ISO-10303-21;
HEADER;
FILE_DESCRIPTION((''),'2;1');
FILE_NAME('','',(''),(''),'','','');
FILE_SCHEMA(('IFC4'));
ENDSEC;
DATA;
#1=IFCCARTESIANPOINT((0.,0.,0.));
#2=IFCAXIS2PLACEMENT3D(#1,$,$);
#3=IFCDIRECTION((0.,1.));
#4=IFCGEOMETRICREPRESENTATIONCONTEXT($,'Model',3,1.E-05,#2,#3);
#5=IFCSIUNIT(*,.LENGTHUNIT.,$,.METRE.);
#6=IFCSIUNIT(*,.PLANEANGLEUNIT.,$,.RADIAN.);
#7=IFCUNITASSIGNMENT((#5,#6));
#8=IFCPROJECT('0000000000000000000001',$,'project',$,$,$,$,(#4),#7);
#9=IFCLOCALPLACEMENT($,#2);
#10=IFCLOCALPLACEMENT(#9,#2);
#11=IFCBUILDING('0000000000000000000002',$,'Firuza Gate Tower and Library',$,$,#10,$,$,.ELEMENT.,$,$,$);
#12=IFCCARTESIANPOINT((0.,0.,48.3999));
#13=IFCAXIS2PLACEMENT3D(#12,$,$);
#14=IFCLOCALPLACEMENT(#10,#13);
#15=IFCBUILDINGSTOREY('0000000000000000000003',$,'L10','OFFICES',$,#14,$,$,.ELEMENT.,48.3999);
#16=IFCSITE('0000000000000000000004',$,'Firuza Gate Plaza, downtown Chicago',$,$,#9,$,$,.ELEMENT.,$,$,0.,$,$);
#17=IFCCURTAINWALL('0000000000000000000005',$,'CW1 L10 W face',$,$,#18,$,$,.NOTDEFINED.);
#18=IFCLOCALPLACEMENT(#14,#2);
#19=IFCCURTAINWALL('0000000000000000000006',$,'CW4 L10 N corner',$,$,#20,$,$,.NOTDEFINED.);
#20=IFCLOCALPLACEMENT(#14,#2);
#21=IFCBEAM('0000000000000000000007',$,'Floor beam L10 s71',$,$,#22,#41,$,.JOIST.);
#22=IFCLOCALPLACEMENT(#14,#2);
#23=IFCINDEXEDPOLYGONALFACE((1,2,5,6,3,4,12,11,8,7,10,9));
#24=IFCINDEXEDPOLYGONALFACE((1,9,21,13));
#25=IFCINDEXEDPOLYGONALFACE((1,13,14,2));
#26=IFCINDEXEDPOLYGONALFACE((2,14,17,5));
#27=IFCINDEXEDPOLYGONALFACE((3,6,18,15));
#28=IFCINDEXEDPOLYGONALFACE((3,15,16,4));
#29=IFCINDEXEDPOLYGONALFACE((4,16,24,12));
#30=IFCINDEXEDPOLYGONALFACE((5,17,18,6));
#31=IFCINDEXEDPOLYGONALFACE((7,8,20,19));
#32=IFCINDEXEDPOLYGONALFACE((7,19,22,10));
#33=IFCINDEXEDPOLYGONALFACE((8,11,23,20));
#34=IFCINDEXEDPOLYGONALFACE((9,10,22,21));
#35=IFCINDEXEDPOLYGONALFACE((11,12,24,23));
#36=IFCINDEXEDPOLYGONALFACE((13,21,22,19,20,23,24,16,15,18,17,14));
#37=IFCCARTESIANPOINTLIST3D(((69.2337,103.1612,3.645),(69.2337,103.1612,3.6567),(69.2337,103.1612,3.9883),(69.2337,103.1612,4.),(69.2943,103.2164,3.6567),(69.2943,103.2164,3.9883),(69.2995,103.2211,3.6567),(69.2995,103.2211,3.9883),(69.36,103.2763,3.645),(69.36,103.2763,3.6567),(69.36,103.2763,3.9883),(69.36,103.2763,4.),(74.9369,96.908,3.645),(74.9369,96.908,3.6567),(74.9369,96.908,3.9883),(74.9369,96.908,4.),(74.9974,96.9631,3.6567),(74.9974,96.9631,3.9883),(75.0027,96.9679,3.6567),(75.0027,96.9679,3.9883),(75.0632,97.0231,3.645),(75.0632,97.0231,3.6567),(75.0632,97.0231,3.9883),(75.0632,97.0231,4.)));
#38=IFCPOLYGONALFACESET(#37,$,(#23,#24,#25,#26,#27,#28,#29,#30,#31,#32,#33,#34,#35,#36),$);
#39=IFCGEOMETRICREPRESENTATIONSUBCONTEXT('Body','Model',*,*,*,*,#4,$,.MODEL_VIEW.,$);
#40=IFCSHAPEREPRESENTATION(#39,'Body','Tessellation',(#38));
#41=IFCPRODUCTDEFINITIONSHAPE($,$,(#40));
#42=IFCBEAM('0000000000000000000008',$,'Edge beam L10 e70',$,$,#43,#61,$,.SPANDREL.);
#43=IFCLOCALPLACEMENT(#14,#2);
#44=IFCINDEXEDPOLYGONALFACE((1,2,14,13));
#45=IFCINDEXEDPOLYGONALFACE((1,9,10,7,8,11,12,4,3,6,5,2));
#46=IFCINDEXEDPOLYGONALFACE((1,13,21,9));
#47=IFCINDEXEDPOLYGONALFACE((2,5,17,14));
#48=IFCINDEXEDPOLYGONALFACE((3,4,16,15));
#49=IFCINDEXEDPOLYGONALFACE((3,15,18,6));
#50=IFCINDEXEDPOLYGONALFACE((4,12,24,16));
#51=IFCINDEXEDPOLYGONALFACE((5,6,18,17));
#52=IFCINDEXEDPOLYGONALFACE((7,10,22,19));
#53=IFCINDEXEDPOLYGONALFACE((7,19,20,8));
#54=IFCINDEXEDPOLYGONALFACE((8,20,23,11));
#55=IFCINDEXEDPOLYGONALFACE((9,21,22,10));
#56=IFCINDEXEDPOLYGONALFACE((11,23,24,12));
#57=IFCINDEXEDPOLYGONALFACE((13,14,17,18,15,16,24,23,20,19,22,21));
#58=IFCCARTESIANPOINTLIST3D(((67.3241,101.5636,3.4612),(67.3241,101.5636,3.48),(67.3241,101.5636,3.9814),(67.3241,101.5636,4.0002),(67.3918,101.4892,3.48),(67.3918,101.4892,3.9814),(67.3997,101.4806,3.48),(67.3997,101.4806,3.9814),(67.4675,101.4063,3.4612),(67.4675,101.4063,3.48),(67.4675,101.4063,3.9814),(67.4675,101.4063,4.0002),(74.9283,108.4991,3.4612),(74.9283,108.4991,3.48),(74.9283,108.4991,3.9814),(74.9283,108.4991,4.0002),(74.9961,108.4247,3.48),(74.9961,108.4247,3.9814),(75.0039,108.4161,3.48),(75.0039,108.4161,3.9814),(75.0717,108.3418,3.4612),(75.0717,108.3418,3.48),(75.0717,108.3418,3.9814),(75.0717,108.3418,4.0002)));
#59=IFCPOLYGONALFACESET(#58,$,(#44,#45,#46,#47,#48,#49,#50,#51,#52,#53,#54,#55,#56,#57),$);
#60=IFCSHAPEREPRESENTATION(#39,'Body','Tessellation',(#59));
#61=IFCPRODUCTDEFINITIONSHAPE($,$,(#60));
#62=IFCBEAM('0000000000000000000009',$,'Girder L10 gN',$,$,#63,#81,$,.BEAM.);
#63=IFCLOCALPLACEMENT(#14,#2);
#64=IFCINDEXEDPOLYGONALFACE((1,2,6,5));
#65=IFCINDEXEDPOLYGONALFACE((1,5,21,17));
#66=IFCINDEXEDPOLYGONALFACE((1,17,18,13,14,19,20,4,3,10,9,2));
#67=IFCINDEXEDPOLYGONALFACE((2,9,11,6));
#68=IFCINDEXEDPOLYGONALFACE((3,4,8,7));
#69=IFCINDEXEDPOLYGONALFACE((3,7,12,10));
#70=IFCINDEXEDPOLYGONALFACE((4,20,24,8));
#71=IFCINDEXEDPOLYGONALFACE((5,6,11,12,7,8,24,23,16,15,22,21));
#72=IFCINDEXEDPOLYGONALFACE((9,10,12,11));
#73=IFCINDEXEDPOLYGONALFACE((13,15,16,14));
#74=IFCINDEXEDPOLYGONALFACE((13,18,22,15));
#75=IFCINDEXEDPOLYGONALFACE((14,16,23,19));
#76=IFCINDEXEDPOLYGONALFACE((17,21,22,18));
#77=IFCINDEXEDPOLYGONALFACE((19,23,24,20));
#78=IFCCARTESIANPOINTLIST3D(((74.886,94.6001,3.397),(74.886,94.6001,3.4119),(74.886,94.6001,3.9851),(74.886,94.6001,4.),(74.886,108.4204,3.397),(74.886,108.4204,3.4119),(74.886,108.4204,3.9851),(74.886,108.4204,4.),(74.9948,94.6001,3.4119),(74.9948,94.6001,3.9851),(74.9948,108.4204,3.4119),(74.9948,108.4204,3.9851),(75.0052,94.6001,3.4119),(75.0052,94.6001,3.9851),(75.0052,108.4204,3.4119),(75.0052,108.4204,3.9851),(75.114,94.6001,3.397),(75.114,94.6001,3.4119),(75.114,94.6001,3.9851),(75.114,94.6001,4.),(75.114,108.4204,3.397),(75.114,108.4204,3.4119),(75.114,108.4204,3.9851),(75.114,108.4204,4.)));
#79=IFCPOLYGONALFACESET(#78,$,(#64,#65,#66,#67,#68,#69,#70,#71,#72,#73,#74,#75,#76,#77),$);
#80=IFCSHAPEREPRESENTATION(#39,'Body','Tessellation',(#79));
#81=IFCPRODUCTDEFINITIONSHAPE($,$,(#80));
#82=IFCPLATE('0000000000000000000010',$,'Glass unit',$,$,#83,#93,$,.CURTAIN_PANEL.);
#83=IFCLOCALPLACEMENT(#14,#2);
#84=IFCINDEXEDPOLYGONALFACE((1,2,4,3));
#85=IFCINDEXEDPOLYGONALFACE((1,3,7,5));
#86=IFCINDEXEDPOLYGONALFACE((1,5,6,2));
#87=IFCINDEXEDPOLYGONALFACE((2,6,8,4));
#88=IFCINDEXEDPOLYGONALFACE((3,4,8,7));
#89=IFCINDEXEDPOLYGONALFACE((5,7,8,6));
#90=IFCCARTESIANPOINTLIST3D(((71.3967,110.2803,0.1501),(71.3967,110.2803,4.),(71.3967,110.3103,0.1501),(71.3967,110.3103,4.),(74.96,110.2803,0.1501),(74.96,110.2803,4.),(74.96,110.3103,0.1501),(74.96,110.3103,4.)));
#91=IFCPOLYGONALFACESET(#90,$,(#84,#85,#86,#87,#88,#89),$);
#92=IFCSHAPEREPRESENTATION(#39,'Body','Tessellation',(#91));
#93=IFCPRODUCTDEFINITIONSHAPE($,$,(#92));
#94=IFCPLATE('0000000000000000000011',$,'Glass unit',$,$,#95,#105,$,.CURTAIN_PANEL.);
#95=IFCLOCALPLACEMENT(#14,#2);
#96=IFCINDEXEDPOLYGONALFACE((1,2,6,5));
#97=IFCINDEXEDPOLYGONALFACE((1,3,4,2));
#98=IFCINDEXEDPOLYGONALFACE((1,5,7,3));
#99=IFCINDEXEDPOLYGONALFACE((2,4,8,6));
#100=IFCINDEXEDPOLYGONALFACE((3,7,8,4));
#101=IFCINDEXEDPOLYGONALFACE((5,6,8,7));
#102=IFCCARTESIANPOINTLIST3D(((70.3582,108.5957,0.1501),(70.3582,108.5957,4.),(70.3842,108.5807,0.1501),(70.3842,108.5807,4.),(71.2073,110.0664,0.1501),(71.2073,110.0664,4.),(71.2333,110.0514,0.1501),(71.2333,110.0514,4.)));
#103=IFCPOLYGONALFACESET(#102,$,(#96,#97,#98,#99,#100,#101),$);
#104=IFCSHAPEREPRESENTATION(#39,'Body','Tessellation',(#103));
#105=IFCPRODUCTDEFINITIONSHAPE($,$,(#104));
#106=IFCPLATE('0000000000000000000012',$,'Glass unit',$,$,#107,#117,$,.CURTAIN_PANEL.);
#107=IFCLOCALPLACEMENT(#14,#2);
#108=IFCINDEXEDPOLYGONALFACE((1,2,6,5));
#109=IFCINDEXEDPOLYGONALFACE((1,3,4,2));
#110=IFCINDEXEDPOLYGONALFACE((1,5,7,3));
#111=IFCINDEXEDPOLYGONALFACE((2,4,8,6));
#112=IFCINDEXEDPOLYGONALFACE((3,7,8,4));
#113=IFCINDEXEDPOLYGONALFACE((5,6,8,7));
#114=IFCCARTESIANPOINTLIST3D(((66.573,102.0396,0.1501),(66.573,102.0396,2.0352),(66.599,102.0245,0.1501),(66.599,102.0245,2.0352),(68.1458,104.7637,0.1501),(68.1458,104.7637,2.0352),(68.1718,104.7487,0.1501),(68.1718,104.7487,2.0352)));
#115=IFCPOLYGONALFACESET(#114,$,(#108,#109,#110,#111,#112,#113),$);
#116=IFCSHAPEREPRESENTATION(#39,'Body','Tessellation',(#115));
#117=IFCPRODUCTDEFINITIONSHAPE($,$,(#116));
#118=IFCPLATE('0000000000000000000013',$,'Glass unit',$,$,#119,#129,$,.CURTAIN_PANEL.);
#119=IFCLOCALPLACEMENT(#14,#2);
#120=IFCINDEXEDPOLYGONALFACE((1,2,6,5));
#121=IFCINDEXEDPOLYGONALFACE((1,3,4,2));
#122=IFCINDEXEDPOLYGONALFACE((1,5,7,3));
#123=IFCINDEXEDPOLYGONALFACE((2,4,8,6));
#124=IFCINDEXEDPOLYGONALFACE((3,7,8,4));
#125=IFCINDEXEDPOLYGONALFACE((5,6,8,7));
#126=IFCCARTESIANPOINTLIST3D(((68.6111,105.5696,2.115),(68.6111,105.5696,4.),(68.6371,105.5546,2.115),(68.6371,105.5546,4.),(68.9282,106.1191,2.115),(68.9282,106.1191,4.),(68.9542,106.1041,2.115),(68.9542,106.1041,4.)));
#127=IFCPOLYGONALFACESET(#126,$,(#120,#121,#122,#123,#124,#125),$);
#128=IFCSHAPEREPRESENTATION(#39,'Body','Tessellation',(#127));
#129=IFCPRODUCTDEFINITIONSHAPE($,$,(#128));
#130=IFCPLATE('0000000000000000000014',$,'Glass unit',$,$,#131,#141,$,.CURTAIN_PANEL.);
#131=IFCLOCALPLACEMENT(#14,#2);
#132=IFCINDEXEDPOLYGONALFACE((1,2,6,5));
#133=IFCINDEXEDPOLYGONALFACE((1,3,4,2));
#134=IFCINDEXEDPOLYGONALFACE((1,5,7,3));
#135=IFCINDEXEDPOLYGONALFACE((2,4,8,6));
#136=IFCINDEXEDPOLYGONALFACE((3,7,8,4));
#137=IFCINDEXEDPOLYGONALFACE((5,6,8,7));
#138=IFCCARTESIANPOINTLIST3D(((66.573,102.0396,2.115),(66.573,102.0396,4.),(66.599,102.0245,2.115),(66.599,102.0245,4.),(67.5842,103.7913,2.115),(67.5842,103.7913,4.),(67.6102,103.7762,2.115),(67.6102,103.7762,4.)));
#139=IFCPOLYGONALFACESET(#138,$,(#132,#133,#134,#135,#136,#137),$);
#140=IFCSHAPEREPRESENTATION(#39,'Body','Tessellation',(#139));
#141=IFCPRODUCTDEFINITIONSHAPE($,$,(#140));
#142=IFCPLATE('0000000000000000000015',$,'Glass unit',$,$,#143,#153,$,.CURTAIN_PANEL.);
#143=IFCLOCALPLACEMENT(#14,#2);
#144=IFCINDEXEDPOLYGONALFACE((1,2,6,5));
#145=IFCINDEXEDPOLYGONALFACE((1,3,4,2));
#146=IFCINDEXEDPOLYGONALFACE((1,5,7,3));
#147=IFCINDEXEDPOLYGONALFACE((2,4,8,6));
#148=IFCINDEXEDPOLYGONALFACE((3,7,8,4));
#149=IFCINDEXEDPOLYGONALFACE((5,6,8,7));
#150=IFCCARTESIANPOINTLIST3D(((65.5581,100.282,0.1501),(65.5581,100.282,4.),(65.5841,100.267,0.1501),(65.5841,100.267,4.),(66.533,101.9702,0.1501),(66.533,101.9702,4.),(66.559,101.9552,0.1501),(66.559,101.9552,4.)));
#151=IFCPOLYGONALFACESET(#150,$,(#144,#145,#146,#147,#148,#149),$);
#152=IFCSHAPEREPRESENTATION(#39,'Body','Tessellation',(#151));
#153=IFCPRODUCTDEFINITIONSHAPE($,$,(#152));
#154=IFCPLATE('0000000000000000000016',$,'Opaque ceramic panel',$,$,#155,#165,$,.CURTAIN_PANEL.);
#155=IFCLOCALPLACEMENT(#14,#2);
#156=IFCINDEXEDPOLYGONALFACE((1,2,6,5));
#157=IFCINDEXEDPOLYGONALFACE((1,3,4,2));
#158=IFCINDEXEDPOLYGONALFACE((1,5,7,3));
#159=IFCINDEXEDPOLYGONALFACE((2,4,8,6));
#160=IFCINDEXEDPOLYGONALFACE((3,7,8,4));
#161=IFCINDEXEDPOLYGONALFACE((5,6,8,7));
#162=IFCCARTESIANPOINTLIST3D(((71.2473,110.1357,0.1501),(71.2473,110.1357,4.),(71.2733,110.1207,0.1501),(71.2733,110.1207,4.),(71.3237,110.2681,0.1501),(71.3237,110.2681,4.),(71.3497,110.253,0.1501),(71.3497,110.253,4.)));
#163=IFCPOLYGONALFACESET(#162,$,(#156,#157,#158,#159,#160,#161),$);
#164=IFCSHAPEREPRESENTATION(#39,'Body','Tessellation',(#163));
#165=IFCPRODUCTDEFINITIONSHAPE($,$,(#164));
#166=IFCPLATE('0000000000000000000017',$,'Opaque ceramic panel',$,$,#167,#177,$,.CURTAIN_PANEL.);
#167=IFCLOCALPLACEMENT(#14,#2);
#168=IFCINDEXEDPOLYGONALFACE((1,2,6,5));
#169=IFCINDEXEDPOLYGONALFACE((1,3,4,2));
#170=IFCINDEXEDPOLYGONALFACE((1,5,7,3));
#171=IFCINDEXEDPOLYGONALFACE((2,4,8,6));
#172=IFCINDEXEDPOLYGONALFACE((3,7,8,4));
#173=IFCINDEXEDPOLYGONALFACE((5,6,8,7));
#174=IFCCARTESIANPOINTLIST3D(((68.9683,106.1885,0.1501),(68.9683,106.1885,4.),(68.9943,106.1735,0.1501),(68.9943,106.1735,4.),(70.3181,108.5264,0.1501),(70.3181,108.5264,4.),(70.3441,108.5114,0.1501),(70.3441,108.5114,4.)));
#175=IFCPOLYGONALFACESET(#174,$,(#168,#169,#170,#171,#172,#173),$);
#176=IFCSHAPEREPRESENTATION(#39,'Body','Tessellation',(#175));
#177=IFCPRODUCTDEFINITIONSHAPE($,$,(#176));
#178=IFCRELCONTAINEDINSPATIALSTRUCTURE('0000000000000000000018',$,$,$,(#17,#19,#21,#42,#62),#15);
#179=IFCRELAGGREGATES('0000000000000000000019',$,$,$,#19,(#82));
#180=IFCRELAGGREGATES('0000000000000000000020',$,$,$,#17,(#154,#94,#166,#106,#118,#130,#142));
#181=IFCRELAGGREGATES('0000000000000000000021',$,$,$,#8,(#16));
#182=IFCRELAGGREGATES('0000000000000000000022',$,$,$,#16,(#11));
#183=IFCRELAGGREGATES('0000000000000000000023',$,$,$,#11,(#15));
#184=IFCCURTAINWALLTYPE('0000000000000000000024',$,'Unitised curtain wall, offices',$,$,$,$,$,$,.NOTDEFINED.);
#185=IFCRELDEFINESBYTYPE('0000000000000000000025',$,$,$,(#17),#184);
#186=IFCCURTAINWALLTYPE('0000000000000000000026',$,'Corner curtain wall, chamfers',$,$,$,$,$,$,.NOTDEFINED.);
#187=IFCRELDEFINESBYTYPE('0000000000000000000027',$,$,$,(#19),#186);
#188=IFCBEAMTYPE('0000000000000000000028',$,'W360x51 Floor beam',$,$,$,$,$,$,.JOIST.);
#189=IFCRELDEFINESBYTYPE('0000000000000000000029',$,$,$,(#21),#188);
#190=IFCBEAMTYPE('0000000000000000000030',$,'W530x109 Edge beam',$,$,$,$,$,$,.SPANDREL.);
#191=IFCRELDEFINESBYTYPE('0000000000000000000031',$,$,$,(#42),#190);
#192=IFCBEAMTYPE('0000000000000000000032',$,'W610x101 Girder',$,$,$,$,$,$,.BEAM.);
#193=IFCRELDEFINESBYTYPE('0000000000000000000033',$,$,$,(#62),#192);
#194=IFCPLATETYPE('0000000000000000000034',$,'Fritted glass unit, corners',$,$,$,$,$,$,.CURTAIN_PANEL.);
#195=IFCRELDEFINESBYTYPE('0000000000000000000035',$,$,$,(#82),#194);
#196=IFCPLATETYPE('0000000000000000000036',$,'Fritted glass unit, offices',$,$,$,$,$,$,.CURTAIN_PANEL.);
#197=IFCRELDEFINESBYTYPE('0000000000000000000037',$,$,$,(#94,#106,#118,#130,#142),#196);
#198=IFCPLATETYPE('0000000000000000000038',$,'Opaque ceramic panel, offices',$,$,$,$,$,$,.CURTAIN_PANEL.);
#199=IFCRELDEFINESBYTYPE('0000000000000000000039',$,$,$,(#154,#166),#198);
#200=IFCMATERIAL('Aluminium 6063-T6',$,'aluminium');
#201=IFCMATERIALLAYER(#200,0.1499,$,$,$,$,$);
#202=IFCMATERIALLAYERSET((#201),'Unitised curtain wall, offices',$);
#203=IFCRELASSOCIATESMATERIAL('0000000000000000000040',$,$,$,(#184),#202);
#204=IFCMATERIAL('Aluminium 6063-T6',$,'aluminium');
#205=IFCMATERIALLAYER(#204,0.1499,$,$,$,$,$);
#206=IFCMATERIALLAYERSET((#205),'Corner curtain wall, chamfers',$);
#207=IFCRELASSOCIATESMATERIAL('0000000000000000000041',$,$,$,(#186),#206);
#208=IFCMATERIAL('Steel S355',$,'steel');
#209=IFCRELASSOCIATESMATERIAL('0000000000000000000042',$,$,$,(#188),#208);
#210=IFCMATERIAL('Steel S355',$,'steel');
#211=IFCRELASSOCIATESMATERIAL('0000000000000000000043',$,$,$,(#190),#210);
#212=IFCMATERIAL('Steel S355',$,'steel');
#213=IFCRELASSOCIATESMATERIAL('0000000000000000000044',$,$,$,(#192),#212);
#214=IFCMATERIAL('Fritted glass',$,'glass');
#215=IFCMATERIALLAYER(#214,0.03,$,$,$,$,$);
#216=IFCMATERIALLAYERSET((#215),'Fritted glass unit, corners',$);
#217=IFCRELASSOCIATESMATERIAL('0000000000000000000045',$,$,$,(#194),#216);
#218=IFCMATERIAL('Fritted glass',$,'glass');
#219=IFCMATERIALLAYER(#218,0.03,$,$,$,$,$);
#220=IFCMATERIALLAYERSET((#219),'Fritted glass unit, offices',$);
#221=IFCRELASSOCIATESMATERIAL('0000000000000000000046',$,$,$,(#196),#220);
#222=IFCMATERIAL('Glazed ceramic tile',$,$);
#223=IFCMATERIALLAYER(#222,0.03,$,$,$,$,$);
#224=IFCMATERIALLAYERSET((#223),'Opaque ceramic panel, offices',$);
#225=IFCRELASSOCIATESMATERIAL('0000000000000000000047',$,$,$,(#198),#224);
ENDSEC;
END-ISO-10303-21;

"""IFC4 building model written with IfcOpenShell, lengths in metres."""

from ifc_helpers import new_model, si_unit, direction, frame, origin, origin_2d, place, context, subcontext, project, spatial, polyline, i_section, outline, extrude, material, layer, layer_set, material_profile, profile_set, type_object, element, aggregate, save


model = new_model("IFC4")

# Units and contexts
model_context = context("Model", 3, precision=1e-05, world=origin(), true_north=direction((0.0, 1.0)))
body_context = subcontext(model_context, "Body", "Model", "MODEL_VIEW")
ifc_project = project(units=[si_unit("LENGTHUNIT", "METRE"), si_unit("PLANEANGLEUNIT", "RADIAN")], contexts=[model_context])

# Site, building, storey
site_placement = place(None, origin())
site = spatial("IfcSite", under=ifc_project, at=site_placement, Name="Firuza Gate Plaza, downtown Chicago", CompositionType="ELEMENT", RefElevation=0.0)
building_placement = place(site_placement, origin())
building = spatial("IfcBuilding", under=site, at=building_placement, Name="Firuza Gate Tower and Library", CompositionType="ELEMENT")
storey_placement = place(building_placement, frame((0.0, 0.0, 48.3999)))
storey = spatial("IfcBuildingStorey", under=building, at=storey_placement, Name="L10", Description="OFFICES", CompositionType="ELEMENT", Elevation=48.3999)

# Curtain wall
ifc_material_1 = material(Name="Aluminium 6063-T6", Category="aluminium")
ifc_layer_1 = layer(ifc_material_1, 0.1499)
ifc_layer_set_1 = layer_set([ifc_layer_1], Name="Unitised curtain wall, offices")
curtain_wall_type_1 = type_object("IfcCurtainWallType", Name="Unitised curtain wall, offices", PredefinedType="NOTDEFINED", material=ifc_layer_set_1)
placement = place(storey_placement, origin())
curtain_wall_1 = element("IfcCurtainWall", 1, at=placement, inside=storey, type_object=curtain_wall_type_1, Name="CW1 L10 W face", PredefinedType="NOTDEFINED")

# Curtain wall
ifc_material_2 = material(Name="Aluminium 6063-T6", Category="aluminium")
ifc_layer_2 = layer(ifc_material_2, 0.1499)
ifc_layer_set_2 = layer_set([ifc_layer_2], Name="Corner curtain wall, chamfers")
curtain_wall_type_2 = type_object("IfcCurtainWallType", Name="Corner curtain wall, chamfers", PredefinedType="NOTDEFINED", material=ifc_layer_set_2)
curtain_wall_2 = element("IfcCurtainWall", 2, at=placement, inside=storey, type_object=curtain_wall_type_2, Name="CW4 L10 N corner", PredefinedType="NOTDEFINED")

# Beams
ifc_material_3 = material(Name="Steel S355", Category="steel")
ifc_material_profile_1 = material_profile(ifc_material_3, i_section(OverallWidth=0.1709, OverallDepth=0.355, WebThickness=0.0071, FlangeThickness=0.0117, at=origin_2d()))
ifc_profile_set_1 = profile_set([ifc_material_profile_1], Name="Steel S355")
beam_type_1 = type_object("IfcBeamType", Name="W360x51 Floor beam", PredefinedType="JOIST", material=ifc_profile_set_1)
beam_1_placement = place(storey_placement, frame((69.2969, 103.2188, 3.8225), z_axis=(0.673864, -0.738856, 0.0), x_axis=(0.738856, 0.673864, 0.0)))
element("IfcBeam", 3, at=beam_1_placement, inside=storey, type_object=beam_type_1, Name="Floor beam L10 s71", PredefinedType="JOIST", context=body_context, shape_type="SweptSolid", body=[
    extrude(i_section(OverallWidth=0.1709, OverallDepth=0.355, WebThickness=0.0071, FlangeThickness=0.0117, at=origin_2d()), origin(), (0.0, 0.0, 1.0), 8.4634),
])
ifc_material_4 = material(Name="Steel S355", Category="steel")
ifc_material_profile_2 = material_profile(ifc_material_4, i_section(OverallWidth=0.2129, OverallDepth=0.5391, WebThickness=0.0117, FlangeThickness=0.0188, at=origin_2d()))
ifc_profile_set_2 = profile_set([ifc_material_profile_2], Name="Steel S355")
beam_type_2 = type_object("IfcBeamType", Name="W530x109 Edge beam", PredefinedType="SPANDREL", material=ifc_profile_set_2)
beam_2_placement = place(storey_placement, frame((75.0, 108.4204, 3.7307), z_axis=(-0.738846, -0.673874, 0.0), x_axis=(0.673874, -0.738846, 0.0)))
element("IfcBeam", 4, at=beam_2_placement, inside=storey, type_object=beam_type_2, Name="Edge beam L10 e70", PredefinedType="SPANDREL", context=body_context, shape_type="SweptSolid", body=[
    extrude(i_section(OverallWidth=0.2129, OverallDepth=0.5391, WebThickness=0.0117, FlangeThickness=0.0188, at=origin_2d()), origin(), (0.0, 0.0, 1.0), 10.292),
])
ifc_material_5 = material(Name="Steel S355", Category="steel")
ifc_material_profile_3 = material_profile(ifc_material_5, i_section(OverallWidth=0.228, OverallDepth=0.603, WebThickness=0.0105, FlangeThickness=0.0149, at=origin_2d()))
ifc_profile_set_3 = profile_set([ifc_material_profile_3], Name="Steel S355")
beam_type_3 = type_object("IfcBeamType", Name="W610x101 Girder", PredefinedType="BEAM", material=ifc_profile_set_3)
beam_3_placement = place(storey_placement, frame((75.0, 108.4204, 3.6985), z_axis=(0.0, -1.0, 0.0), x_axis=(1.0, 0.0, 0.0)))
element("IfcBeam", 5, at=beam_3_placement, inside=storey, type_object=beam_type_3, Name="Girder L10 gN", PredefinedType="BEAM", context=body_context, shape_type="SweptSolid", body=[
    extrude(i_section(OverallWidth=0.228, OverallDepth=0.603, WebThickness=0.0105, FlangeThickness=0.0149, at=origin_2d()), origin(), (0.0, 0.0, 1.0), 13.8203),
])

# Plates
ifc_material_6 = material(Name="Fritted glass", Category="glass")
ifc_layer_3 = layer(ifc_material_6, 0.03)
ifc_layer_set_3 = layer_set([ifc_layer_3], Name="Fritted glass unit, corners")
plate_type_1 = type_object("IfcPlateType", Name="Fritted glass unit, corners", PredefinedType="CURTAIN_PANEL", material=ifc_layer_set_3)
plate_1_placement = place(storey_placement, frame((74.96, 110.3103, 0.1501), z_axis=(0.0, 1.0, 0.0), x_axis=(-1.0, 0.0, 0.0)))
plate_1 = element("IfcPlate", 6, at=plate_1_placement, type_object=plate_type_1, Name="Glass unit", PredefinedType="CURTAIN_PANEL", context=body_context, shape_type="SweptSolid", body=[
    extrude(outline(polyline([(0.0, 0.0), (3.5632, 0.0), (3.5632, 3.8499), (0.0, 3.8499), (0.0, 0.0)])), origin(), (0.0, 0.0, -1.0), 0.03),
])
aggregate(curtain_wall_2, [plate_1])
ifc_material_7 = material(Name="Fritted glass", Category="glass")
ifc_layer_4 = layer(ifc_material_7, 0.03)
ifc_layer_set_4 = layer_set([ifc_layer_4], Name="Fritted glass unit, offices")
plate_type_2 = type_object("IfcPlateType", Name="Fritted glass unit, offices", PredefinedType="CURTAIN_PANEL", material=ifc_layer_set_4)
plate_2_placement = place(storey_placement, frame((71.2073, 110.0664, 0.1501), z_axis=(-0.866023, 0.500005, 0.0), x_axis=(-0.500005, -0.866023, 0.0)))
plate_2 = element("IfcPlate", 7, at=plate_2_placement, type_object=plate_type_2, Name="Glass unit", PredefinedType="CURTAIN_PANEL", context=body_context, shape_type="SweptSolid", body=[
    extrude(outline(polyline([(0.0, 0.0), (1.6982, 0.0), (1.6982, 3.8499), (0.0, 3.8499), (0.0, 0.0)])), origin(), (0.0, 0.0, -1.0), 0.03),
])
plate_3_placement = place(storey_placement, frame((68.1458, 104.7637, 0.1501), z_axis=(-0.866028, 0.499996, 0.0), x_axis=(-0.499996, -0.866028, 0.0)))
plate_3 = element("IfcPlate", 8, at=plate_3_placement, type_object=plate_type_2, Name="Glass unit", PredefinedType="CURTAIN_PANEL", context=body_context, shape_type="SweptSolid", body=[
    extrude(outline(polyline([(0.0, 0.0), (3.1455, 0.0), (3.1455, 1.885), (0.0, 1.885), (0.0, 0.0)])), origin(), (0.0, 0.0, -1.0), 0.03),
])
plate_4_placement = place(storey_placement, frame((68.9282, 106.1191, 2.115), z_axis=(-0.866128, 0.499822, 0.0), x_axis=(-0.499822, -0.866128, 0.0)))
plate_4 = element("IfcPlate", 9, at=plate_4_placement, type_object=plate_type_2, Name="Glass unit", PredefinedType="CURTAIN_PANEL", context=body_context, shape_type="SweptSolid", body=[
    extrude(outline(polyline([(0.0, 0.0), (0.6345, 0.0), (0.6345, 1.885), (0.0, 1.885), (0.0, 0.0)])), origin(), (0.0, 0.0, -1.0), 0.03),
])
plate_5_placement = place(storey_placement, frame((67.5842, 103.7913, 2.115), z_axis=(-0.866051, 0.499956, 0.0), x_axis=(-0.499956, -0.866051, 0.0)))
plate_5 = element("IfcPlate", 10, at=plate_5_placement, type_object=plate_type_2, Name="Glass unit", PredefinedType="CURTAIN_PANEL", context=body_context, shape_type="SweptSolid", body=[
    extrude(outline(polyline([(0.0, 0.0), (2.0226, 0.0), (2.0226, 1.885), (0.0, 1.885), (0.0, 0.0)])), origin(), (0.0, 0.0, -1.0), 0.03),
])
plate_6_placement = place(storey_placement, frame((66.533, 101.9702, 0.1501), z_axis=(-0.865992, 0.500059, 0.0), x_axis=(-0.500059, -0.865992, 0.0)))
plate_6 = element("IfcPlate", 11, at=plate_6_placement, type_object=plate_type_2, Name="Glass unit", PredefinedType="CURTAIN_PANEL", context=body_context, shape_type="SweptSolid", body=[
    extrude(outline(polyline([(0.0, 0.0), (1.9495, 0.0), (1.9495, 3.8499), (0.0, 3.8499), (0.0, 0.0)])), origin(), (0.0, 0.0, -1.0), 0.03),
])
ifc_material_8 = material(Name="Glazed ceramic tile")
ifc_layer_5 = layer(ifc_material_8, 0.03)
ifc_layer_set_5 = layer_set([ifc_layer_5], Name="Opaque ceramic panel, offices")
plate_type_3 = type_object("IfcPlateType", Name="Opaque ceramic panel, offices", PredefinedType="CURTAIN_PANEL", material=ifc_layer_set_5)
plate_7_placement = place(storey_placement, frame((71.3237, 110.2681, 0.1501), z_axis=(-0.865973, 0.500091, 0.0), x_axis=(-0.500091, -0.865973, 0.0)))
plate_7 = element("IfcPlate", 12, at=plate_7_placement, type_object=plate_type_3, Name="Opaque ceramic panel", PredefinedType="CURTAIN_PANEL", context=body_context, shape_type="SweptSolid", body=[
    extrude(outline(polyline([(0.0, 0.0), (0.1528, 0.0), (0.1528, 3.8499), (0.0, 3.8499), (0.0, 0.0)])), origin(), (0.0, 0.0, -1.0), 0.03),
])
plate_8_placement = place(storey_placement, frame((70.3181, 108.5264, 0.1501), z_axis=(-0.866014, 0.50002, 0.0), x_axis=(-0.50002, -0.866014, 0.0)))
plate_8 = element("IfcPlate", 13, at=plate_8_placement, type_object=plate_type_3, Name="Opaque ceramic panel", PredefinedType="CURTAIN_PANEL", context=body_context, shape_type="SweptSolid", body=[
    extrude(outline(polyline([(0.0, 0.0), (2.6996, 0.0), (2.6996, 3.8499), (0.0, 3.8499), (0.0, 0.0)])), origin(), (0.0, 0.0, -1.0), 0.03),
])
aggregate(curtain_wall_1, [plate_7, plate_2, plate_8, plate_3, plate_4, plate_5, plate_6])

save(model, "model.ifc")
